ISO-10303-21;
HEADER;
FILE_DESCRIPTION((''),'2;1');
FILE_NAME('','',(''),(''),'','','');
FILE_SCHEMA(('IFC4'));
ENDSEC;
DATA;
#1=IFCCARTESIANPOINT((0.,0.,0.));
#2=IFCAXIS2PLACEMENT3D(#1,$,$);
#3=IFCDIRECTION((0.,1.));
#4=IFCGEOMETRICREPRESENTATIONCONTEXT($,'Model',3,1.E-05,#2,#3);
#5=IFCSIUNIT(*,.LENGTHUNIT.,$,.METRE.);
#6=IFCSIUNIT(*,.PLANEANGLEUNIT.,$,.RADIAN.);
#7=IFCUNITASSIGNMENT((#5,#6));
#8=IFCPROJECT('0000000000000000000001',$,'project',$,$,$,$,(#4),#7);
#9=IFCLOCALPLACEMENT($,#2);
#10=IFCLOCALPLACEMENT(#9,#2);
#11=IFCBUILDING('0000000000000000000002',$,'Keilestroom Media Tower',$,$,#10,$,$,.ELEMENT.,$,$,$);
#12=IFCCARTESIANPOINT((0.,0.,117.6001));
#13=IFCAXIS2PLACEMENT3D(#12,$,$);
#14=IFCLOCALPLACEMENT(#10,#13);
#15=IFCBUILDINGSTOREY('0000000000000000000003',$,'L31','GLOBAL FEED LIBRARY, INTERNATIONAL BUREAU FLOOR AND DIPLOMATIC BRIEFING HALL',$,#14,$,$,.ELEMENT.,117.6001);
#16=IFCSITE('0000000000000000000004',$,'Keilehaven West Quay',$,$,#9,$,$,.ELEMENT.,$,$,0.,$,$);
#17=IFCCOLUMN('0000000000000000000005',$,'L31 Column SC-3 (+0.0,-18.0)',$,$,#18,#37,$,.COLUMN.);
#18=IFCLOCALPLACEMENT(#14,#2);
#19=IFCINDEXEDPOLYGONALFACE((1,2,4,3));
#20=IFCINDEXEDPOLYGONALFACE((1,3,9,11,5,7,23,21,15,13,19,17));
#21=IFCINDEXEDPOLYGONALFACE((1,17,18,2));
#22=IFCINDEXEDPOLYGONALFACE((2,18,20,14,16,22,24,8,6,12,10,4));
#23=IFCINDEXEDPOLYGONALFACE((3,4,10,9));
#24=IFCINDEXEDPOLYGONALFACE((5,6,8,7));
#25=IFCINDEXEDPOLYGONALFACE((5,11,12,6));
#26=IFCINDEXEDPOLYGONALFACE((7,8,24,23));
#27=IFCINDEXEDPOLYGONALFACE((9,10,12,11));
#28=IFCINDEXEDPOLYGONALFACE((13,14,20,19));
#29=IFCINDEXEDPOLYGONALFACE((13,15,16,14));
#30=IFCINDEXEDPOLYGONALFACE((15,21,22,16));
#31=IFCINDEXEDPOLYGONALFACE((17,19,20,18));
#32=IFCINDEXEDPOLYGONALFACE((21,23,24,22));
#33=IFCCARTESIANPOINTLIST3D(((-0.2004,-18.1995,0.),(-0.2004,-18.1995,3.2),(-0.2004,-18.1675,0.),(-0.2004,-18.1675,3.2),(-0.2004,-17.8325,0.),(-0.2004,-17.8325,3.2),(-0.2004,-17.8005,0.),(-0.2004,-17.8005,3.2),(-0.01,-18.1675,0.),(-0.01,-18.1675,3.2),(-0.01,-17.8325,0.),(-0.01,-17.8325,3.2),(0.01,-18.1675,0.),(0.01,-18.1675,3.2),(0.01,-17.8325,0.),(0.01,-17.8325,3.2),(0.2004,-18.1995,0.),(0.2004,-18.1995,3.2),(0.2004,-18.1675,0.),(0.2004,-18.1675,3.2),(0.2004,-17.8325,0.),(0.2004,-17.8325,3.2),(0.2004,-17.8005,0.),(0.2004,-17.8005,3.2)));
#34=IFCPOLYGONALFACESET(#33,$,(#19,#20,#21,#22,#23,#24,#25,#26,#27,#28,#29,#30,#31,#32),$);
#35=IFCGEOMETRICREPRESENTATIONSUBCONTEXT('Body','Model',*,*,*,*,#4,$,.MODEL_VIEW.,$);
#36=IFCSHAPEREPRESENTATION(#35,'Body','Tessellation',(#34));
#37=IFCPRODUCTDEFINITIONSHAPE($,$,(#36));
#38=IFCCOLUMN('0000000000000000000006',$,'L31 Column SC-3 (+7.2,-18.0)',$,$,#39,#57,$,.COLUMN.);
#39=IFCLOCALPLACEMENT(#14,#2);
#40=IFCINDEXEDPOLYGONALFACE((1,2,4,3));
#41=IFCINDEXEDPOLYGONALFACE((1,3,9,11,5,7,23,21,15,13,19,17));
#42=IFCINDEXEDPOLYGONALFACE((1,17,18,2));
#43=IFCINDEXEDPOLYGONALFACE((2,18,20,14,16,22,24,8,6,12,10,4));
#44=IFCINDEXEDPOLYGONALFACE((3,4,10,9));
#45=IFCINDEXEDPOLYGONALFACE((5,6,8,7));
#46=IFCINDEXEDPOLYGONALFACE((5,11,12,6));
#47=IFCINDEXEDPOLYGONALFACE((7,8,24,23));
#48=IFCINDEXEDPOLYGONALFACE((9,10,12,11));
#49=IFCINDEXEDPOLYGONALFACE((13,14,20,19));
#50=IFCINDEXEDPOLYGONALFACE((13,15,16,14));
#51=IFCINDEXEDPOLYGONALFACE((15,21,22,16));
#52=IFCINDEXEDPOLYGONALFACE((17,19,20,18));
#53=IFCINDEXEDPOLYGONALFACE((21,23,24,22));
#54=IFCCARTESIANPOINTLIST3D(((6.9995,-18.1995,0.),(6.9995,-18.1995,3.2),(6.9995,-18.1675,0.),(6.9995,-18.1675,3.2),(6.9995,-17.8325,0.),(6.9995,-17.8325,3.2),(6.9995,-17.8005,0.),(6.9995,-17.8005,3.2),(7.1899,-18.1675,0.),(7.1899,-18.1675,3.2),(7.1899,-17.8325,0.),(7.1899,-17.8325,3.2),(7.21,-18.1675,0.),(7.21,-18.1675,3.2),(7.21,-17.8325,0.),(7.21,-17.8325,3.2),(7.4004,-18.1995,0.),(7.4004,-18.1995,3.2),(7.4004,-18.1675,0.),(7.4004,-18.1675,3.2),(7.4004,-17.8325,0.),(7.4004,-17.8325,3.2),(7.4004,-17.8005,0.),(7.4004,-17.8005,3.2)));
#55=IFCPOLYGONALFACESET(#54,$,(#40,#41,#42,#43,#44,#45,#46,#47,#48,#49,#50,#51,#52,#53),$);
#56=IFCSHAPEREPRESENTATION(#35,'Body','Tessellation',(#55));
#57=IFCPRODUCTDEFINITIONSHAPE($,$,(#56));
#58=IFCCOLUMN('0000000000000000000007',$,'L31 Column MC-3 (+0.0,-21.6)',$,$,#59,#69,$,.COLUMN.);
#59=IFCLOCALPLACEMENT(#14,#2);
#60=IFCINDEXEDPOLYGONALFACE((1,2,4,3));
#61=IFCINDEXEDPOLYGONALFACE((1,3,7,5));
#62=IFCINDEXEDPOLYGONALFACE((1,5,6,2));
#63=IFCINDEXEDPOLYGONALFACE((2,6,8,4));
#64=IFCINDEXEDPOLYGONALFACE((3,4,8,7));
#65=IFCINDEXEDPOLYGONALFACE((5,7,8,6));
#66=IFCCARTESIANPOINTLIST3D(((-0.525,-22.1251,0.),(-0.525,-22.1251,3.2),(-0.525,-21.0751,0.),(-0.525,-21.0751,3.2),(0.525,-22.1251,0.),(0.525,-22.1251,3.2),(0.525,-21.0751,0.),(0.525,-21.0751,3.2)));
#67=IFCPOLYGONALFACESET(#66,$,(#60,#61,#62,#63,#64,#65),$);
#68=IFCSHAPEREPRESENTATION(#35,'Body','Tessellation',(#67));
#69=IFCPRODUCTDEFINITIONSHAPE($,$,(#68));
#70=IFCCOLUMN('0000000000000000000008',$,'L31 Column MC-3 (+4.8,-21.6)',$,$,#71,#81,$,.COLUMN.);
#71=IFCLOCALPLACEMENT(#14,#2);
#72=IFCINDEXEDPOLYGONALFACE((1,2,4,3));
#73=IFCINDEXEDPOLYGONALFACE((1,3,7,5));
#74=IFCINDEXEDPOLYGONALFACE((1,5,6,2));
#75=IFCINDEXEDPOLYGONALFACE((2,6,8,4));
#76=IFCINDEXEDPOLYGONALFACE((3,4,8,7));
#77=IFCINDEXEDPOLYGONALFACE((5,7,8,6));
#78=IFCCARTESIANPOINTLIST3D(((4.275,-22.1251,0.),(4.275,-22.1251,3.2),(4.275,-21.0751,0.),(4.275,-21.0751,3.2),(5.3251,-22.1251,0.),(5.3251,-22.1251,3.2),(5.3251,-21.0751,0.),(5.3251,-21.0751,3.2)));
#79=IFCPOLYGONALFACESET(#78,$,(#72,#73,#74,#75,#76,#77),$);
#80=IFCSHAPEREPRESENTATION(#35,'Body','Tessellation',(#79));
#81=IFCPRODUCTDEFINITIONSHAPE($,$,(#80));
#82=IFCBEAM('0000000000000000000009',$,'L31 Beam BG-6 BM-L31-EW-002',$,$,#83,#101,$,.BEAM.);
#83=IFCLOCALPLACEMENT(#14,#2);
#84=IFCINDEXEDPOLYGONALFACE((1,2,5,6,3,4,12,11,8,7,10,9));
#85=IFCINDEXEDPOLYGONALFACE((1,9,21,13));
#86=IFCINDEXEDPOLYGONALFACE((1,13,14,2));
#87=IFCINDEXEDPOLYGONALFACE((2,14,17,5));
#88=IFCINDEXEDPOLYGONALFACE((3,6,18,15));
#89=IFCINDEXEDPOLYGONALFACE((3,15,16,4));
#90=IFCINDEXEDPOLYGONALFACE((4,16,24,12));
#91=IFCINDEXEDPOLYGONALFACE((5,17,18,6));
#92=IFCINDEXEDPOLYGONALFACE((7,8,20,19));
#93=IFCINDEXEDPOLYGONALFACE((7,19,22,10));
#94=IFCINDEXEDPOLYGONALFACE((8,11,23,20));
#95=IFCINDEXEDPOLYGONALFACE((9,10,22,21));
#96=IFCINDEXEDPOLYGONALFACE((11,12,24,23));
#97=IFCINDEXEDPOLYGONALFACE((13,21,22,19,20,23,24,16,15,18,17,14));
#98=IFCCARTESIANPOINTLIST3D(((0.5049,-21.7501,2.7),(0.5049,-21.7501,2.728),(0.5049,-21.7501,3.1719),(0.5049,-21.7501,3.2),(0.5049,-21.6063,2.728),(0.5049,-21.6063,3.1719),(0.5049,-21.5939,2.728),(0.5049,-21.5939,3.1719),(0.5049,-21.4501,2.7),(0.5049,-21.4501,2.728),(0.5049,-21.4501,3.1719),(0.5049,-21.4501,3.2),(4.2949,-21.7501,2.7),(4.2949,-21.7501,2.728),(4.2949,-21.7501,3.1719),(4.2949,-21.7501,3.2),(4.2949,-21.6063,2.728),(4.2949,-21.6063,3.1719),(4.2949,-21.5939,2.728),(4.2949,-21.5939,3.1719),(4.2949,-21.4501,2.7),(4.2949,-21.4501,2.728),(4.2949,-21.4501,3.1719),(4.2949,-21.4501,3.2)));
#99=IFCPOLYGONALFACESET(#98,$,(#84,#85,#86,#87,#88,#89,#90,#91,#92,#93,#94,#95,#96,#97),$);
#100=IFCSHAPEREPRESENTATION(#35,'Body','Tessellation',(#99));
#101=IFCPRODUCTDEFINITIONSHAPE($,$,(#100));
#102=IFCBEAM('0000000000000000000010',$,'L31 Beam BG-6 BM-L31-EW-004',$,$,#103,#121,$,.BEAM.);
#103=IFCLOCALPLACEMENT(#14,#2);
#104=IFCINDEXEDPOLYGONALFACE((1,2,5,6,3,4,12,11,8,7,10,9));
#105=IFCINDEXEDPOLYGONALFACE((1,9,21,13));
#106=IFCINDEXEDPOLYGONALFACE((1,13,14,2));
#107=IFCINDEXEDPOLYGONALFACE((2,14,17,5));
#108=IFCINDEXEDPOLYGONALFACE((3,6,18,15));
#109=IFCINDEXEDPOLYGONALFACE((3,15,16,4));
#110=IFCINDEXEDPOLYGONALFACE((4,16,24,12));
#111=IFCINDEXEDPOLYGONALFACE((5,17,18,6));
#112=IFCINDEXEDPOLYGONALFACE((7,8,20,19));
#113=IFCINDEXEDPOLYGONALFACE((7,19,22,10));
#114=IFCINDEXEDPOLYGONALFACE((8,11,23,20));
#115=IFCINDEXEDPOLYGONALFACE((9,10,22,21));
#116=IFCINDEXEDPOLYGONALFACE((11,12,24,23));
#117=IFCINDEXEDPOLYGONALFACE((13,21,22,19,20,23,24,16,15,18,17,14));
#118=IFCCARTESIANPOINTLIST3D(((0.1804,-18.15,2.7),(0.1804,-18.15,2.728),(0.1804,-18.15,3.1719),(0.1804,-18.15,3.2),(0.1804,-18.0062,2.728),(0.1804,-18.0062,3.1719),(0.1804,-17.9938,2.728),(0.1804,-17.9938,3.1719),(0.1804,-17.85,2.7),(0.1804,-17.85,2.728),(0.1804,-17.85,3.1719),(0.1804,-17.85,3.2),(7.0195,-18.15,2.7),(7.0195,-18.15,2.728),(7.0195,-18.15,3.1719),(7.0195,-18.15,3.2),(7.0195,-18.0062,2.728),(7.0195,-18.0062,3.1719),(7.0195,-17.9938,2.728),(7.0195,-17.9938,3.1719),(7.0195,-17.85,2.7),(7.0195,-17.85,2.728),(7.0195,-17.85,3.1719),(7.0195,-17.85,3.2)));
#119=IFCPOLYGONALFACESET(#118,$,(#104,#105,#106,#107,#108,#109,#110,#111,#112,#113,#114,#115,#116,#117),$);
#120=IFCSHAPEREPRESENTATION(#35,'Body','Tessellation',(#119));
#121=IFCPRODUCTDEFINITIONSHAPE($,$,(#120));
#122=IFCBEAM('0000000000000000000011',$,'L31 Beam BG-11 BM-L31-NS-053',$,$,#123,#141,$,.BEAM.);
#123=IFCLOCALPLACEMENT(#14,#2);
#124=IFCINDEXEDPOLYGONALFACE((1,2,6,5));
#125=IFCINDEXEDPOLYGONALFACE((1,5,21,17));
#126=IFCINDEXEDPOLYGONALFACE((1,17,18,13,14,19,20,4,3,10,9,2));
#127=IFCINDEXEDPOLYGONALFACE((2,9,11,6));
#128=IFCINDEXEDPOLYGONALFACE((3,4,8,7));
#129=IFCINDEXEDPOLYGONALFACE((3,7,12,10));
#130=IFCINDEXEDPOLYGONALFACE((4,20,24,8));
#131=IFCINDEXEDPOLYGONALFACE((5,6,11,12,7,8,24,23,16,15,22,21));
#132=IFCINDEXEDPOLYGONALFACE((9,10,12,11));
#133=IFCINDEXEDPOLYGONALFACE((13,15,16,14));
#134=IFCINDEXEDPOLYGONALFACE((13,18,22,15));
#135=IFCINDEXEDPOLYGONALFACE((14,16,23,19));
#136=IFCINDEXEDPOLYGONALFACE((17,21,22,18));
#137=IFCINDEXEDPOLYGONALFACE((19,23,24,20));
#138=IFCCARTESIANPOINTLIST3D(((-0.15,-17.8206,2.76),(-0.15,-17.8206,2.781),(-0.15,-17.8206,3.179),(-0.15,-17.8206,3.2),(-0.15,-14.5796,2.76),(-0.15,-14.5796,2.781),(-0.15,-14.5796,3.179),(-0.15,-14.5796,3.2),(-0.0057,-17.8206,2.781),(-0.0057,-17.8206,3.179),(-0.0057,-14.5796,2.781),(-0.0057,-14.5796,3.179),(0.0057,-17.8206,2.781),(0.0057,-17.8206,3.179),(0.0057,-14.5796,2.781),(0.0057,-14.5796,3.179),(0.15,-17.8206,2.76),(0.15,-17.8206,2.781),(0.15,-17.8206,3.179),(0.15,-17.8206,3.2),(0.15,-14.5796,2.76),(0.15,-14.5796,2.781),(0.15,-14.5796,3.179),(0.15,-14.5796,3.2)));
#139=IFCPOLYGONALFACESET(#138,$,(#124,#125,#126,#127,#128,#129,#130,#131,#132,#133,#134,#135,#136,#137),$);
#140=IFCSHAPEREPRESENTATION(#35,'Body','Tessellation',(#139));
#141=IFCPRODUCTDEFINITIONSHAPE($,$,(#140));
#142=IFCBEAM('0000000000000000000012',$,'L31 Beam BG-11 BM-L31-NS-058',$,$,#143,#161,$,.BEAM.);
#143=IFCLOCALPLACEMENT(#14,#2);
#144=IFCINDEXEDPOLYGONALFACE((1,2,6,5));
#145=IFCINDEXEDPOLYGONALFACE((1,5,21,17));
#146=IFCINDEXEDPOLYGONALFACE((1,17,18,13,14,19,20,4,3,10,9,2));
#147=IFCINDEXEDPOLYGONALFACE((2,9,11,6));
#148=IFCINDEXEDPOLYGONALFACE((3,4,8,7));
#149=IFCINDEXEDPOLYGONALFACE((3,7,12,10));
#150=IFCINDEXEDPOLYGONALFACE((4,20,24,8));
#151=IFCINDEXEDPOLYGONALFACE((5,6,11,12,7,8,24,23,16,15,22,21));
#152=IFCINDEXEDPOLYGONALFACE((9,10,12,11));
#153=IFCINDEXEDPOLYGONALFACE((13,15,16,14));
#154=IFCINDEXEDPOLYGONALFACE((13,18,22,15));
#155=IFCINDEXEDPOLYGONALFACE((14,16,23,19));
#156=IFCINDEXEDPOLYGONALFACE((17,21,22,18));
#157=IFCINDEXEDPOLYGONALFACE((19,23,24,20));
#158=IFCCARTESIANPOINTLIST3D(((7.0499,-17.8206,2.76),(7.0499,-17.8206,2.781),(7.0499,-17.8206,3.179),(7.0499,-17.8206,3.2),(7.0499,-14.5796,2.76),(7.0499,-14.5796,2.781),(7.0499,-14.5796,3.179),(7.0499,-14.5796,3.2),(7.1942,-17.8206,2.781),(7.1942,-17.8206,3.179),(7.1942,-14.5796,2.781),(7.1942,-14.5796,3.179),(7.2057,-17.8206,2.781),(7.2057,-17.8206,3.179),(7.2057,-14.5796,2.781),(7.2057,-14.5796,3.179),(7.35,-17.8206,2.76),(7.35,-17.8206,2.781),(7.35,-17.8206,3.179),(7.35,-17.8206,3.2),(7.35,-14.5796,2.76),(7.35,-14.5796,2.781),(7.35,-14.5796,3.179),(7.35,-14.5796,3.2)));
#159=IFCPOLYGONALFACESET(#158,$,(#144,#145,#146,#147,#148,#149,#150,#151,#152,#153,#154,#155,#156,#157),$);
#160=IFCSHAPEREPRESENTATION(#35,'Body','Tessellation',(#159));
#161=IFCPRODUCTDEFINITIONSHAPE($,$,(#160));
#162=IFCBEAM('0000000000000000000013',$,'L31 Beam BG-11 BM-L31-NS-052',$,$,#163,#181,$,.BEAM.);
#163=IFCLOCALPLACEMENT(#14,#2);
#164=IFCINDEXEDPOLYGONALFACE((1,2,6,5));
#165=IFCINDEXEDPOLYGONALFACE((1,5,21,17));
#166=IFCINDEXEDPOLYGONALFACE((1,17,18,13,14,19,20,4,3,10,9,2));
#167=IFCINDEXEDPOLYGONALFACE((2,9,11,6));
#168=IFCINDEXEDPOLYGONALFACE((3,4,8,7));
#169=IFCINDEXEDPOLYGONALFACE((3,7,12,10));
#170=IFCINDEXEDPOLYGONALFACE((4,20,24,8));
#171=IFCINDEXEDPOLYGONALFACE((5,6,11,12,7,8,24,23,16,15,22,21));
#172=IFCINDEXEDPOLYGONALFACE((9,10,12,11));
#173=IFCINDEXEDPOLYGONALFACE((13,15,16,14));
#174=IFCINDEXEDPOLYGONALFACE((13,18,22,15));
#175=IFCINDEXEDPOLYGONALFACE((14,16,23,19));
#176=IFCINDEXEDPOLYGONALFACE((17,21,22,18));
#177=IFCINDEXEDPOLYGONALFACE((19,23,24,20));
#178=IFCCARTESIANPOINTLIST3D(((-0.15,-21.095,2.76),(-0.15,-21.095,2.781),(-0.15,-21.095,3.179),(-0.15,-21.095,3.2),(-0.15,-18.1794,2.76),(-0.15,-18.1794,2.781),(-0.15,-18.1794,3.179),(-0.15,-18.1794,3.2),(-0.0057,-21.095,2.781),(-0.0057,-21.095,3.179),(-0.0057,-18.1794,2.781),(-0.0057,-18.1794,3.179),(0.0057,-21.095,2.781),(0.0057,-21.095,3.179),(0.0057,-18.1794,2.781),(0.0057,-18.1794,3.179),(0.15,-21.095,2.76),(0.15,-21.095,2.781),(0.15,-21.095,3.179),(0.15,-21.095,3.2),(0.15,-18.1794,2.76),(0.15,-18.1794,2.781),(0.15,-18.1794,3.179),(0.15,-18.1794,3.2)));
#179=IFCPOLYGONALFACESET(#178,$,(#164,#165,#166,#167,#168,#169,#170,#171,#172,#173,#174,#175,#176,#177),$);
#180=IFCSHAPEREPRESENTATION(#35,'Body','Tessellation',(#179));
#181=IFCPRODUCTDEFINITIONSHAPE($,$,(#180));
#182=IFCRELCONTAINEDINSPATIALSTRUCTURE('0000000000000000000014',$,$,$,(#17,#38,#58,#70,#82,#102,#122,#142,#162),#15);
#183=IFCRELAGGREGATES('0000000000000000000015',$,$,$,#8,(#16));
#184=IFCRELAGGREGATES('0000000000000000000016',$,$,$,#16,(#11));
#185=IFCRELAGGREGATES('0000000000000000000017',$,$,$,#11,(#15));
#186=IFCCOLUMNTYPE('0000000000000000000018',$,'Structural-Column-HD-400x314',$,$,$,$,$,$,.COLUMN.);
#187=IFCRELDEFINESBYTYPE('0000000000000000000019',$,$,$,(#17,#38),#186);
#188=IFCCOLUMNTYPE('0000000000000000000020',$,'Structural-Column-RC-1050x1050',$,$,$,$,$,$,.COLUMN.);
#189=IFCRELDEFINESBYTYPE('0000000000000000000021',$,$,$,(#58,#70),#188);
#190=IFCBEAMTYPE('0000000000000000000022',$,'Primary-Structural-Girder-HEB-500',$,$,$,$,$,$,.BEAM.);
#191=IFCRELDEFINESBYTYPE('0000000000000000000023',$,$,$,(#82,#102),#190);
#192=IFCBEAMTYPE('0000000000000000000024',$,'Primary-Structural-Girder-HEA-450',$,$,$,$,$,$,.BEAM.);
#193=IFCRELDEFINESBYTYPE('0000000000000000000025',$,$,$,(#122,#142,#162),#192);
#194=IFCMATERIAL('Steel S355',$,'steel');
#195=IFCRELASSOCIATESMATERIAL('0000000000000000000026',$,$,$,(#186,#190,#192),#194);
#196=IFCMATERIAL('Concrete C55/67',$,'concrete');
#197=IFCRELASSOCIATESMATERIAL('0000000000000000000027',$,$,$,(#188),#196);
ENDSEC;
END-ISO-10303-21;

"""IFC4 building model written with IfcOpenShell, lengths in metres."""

from ifc_helpers import new_model, si_unit, direction, frame, origin, origin_2d, place, context, subcontext, project, spatial, rectangle, i_section, extrude, source, transform, mapped, material, material_profile, profile_set, type_object, element, save


model = new_model("IFC4")

# Units and contexts
model_context = context("Model", 3, precision=1e-05, world=origin(), true_north=direction((0.0, 1.0)))
body_context = subcontext(model_context, "Body", "Model", "MODEL_VIEW")
ifc_project = project(units=[si_unit("LENGTHUNIT", "METRE"), si_unit("PLANEANGLEUNIT", "RADIAN")], contexts=[model_context])

# Site, building, storey
site_placement = place(None, origin())
site = spatial("IfcSite", under=ifc_project, at=site_placement, Name="Keilehaven West Quay", CompositionType="ELEMENT", RefElevation=0.0)
building_placement = place(site_placement, origin())
building = spatial("IfcBuilding", under=site, at=building_placement, Name="Keilestroom Media Tower", CompositionType="ELEMENT")
storey_placement = place(building_placement, frame((0.0, 0.0, 117.6001)))
storey = spatial("IfcBuildingStorey", under=building, at=storey_placement, Name="L31", Description="GLOBAL FEED LIBRARY, INTERNATIONAL BUREAU FLOOR AND DIPLOMATIC BRIEFING HALL", CompositionType="ELEMENT", Elevation=117.6001)

# Columns
ifc_material_1 = material(Name="Steel S355", Category="steel")
ifc_material_profile_1 = material_profile(ifc_material_1, i_section(OverallWidth=0.4009, OverallDepth=0.3989, WebThickness=0.02, FlangeThickness=0.032, at=origin_2d()), Name="HD 400x314")
ifc_profile_set_1 = profile_set([ifc_material_profile_1], Name="Steel S355")
column_type_1 = type_object("IfcColumnType", Name="Structural-Column-HD-400x314", PredefinedType="COLUMN", material=ifc_profile_set_1)
shared_shape_1 = source(origin(), body_context, "Body", "SweptSolid", [
    extrude(i_section(OverallWidth=0.4009, OverallDepth=0.3989, WebThickness=0.02, FlangeThickness=0.032, at=origin_2d()), origin(), (0.0, 0.0, 1.0), 3.2),
])
for number, where, z_axis, x_axis, name in (
    (1, (0.0, -18.0, 0.0), (0.0, 0.0, 1.0), (1.0, 0.0, 0.0), "L31 Column SC-3 (+0.0,-18.0)"),
    (2, (7.2, -18.0, 0.0), (0.0, 0.0, 1.0), (1.0, 0.0, 0.0), "L31 Column SC-3 (+7.2,-18.0)"),
):
    element("IfcColumn", number, at=place(storey_placement, frame(where, z_axis=z_axis, x_axis=x_axis)), inside=storey, type_object=column_type_1, Name=name, PredefinedType="COLUMN", context=body_context, shape_type="MappedRepresentation", body=[
        mapped(shared_shape_1, transform((0.0, 0.0, 0.0), x_axis=(1.0, 0.0, 0.0), y_axis=(0.0, 1.0, 0.0), z_axis=(0.0, 0.0, 1.0), scale=1.0)),
    ])
ifc_material_2 = material(Name="Concrete C55/67", Category="concrete")
ifc_material_profile_2 = material_profile(ifc_material_2, rectangle(XDim=1.05, YDim=1.05, at=origin_2d()), Name="RC 1050x1050")
ifc_profile_set_2 = profile_set([ifc_material_profile_2], Name="Concrete C55/67")
column_type_2 = type_object("IfcColumnType", Name="Structural-Column-RC-1050x1050", PredefinedType="COLUMN", material=ifc_profile_set_2)
shared_shape_2 = source(origin(), body_context, "Body", "SweptSolid", [
    extrude(rectangle(XDim=1.05, YDim=1.05, at=origin_2d()), origin(), (0.0, 0.0, 1.0), 3.2),
])
for number, where, z_axis, x_axis, name in (
    (3, (0.0, -21.6001, 0.0), (0.0, 0.0, 1.0), (1.0, 0.0, 0.0), "L31 Column MC-3 (+0.0,-21.6)"),
    (4, (4.8, -21.6001, 0.0), (0.0, 0.0, 1.0), (1.0, 0.0, 0.0), "L31 Column MC-3 (+4.8,-21.6)"),
):
    element("IfcColumn", number, at=place(storey_placement, frame(where, z_axis=z_axis, x_axis=x_axis)), inside=storey, type_object=column_type_2, Name=name, PredefinedType="COLUMN", context=body_context, shape_type="MappedRepresentation", body=[
        mapped(shared_shape_2, transform((0.0, 0.0, 0.0), x_axis=(1.0, 0.0, 0.0), y_axis=(0.0, 1.0, 0.0), z_axis=(0.0, 0.0, 1.0), scale=1.0)),
    ])

# Beams
ifc_material_profile_3 = material_profile(ifc_material_1, i_section(OverallWidth=0.3, OverallDepth=0.5, WebThickness=0.0125, FlangeThickness=0.0281, at=origin_2d()), Name="HEB 500")
ifc_profile_set_3 = profile_set([ifc_material_profile_3], Name="Steel S355")
beam_type_1 = type_object("IfcBeamType", Name="Primary-Structural-Girder-HEB-500", PredefinedType="BEAM", material=ifc_profile_set_3)
shared_shape_3 = source(origin(), body_context, "Body", "SweptSolid", [
    extrude(i_section(OverallWidth=0.3, OverallDepth=0.5, WebThickness=0.0125, FlangeThickness=0.0281, at=origin_2d()), origin(), (0.0, 0.0, 1.0), 3.79),
])
beam_1_placement = place(storey_placement, frame((0.5049, -21.6001, 2.95), z_axis=(1.0, 0.0, 0.0), x_axis=(0.0, 1.0, 0.0)))
element("IfcBeam", 5, at=beam_1_placement, inside=storey, type_object=beam_type_1, Name="L31 Beam BG-6 BM-L31-EW-002", PredefinedType="BEAM", context=body_context, shape_type="MappedRepresentation", body=[
    mapped(shared_shape_3, transform((0.0, 0.0, 0.0), x_axis=(1.0, 0.0, 0.0), y_axis=(0.0, 1.0, 0.0), z_axis=(0.0, 0.0, 1.0), scale=1.0)),
])
shared_shape_4 = source(origin(), body_context, "Body", "SweptSolid", [
    extrude(i_section(OverallWidth=0.3, OverallDepth=0.5, WebThickness=0.0125, FlangeThickness=0.0281, at=origin_2d()), origin(), (0.0, 0.0, 1.0), 6.8391),
])
beam_2_placement = place(storey_placement, frame((0.1804, -18.0, 2.95), z_axis=(1.0, 0.0, 0.0), x_axis=(0.0, 1.0, 0.0)))
element("IfcBeam", 6, at=beam_2_placement, inside=storey, type_object=beam_type_1, Name="L31 Beam BG-6 BM-L31-EW-004", PredefinedType="BEAM", context=body_context, shape_type="MappedRepresentation", body=[
    mapped(shared_shape_4, transform((0.0, 0.0, 0.0), x_axis=(1.0, 0.0, 0.0), y_axis=(0.0, 1.0, 0.0), z_axis=(0.0, 0.0, 1.0), scale=1.0)),
])
ifc_material_profile_4 = material_profile(ifc_material_1, i_section(OverallWidth=0.3, OverallDepth=0.4399, WebThickness=0.0115, FlangeThickness=0.021, at=origin_2d()), Name="HEA 450")
ifc_profile_set_4 = profile_set([ifc_material_profile_4], Name="Steel S355")
beam_type_2 = type_object("IfcBeamType", Name="Primary-Structural-Girder-HEA-450", PredefinedType="BEAM", material=ifc_profile_set_4)
shared_shape_5 = source(origin(), body_context, "Body", "SweptSolid", [
    extrude(i_section(OverallWidth=0.3, OverallDepth=0.4399, WebThickness=0.0115, FlangeThickness=0.021, at=origin_2d()), origin(), (0.0, 0.0, 1.0), 3.241),
])
for number, where, z_axis, x_axis, name in (
    (7, (0.0, -17.8206, 2.98), (0.0, 1.0, 0.0), (-1.0, 0.0, 0.0), "L31 Beam BG-11 BM-L31-NS-053"),
    (8, (7.2, -17.8206, 2.98), (0.0, 1.0, 0.0), (-1.0, 0.0, 0.0), "L31 Beam BG-11 BM-L31-NS-058"),
):
    element("IfcBeam", number, at=place(storey_placement, frame(where, z_axis=z_axis, x_axis=x_axis)), inside=storey, type_object=beam_type_2, Name=name, PredefinedType="BEAM", context=body_context, shape_type="MappedRepresentation", body=[
        mapped(shared_shape_5, transform((0.0, 0.0, 0.0), x_axis=(1.0, 0.0, 0.0), y_axis=(0.0, 1.0, 0.0), z_axis=(0.0, 0.0, 1.0), scale=1.0)),
    ])
shared_shape_6 = source(origin(), body_context, "Body", "SweptSolid", [
    extrude(i_section(OverallWidth=0.3, OverallDepth=0.4399, WebThickness=0.0115, FlangeThickness=0.021, at=origin_2d()), origin(), (0.0, 0.0, 1.0), 2.9155),
])
beam_3_placement = place(storey_placement, frame((0.0, -21.095, 2.98), z_axis=(0.0, 1.0, 0.0), x_axis=(-1.0, 0.0, 0.0)))
element("IfcBeam", 9, at=beam_3_placement, inside=storey, type_object=beam_type_2, Name="L31 Beam BG-11 BM-L31-NS-052", PredefinedType="BEAM", context=body_context, shape_type="MappedRepresentation", body=[
    mapped(shared_shape_6, transform((0.0, 0.0, 0.0), x_axis=(1.0, 0.0, 0.0), y_axis=(0.0, 1.0, 0.0), z_axis=(0.0, 0.0, 1.0), scale=1.0)),
])

save(model, "model.ifc")
